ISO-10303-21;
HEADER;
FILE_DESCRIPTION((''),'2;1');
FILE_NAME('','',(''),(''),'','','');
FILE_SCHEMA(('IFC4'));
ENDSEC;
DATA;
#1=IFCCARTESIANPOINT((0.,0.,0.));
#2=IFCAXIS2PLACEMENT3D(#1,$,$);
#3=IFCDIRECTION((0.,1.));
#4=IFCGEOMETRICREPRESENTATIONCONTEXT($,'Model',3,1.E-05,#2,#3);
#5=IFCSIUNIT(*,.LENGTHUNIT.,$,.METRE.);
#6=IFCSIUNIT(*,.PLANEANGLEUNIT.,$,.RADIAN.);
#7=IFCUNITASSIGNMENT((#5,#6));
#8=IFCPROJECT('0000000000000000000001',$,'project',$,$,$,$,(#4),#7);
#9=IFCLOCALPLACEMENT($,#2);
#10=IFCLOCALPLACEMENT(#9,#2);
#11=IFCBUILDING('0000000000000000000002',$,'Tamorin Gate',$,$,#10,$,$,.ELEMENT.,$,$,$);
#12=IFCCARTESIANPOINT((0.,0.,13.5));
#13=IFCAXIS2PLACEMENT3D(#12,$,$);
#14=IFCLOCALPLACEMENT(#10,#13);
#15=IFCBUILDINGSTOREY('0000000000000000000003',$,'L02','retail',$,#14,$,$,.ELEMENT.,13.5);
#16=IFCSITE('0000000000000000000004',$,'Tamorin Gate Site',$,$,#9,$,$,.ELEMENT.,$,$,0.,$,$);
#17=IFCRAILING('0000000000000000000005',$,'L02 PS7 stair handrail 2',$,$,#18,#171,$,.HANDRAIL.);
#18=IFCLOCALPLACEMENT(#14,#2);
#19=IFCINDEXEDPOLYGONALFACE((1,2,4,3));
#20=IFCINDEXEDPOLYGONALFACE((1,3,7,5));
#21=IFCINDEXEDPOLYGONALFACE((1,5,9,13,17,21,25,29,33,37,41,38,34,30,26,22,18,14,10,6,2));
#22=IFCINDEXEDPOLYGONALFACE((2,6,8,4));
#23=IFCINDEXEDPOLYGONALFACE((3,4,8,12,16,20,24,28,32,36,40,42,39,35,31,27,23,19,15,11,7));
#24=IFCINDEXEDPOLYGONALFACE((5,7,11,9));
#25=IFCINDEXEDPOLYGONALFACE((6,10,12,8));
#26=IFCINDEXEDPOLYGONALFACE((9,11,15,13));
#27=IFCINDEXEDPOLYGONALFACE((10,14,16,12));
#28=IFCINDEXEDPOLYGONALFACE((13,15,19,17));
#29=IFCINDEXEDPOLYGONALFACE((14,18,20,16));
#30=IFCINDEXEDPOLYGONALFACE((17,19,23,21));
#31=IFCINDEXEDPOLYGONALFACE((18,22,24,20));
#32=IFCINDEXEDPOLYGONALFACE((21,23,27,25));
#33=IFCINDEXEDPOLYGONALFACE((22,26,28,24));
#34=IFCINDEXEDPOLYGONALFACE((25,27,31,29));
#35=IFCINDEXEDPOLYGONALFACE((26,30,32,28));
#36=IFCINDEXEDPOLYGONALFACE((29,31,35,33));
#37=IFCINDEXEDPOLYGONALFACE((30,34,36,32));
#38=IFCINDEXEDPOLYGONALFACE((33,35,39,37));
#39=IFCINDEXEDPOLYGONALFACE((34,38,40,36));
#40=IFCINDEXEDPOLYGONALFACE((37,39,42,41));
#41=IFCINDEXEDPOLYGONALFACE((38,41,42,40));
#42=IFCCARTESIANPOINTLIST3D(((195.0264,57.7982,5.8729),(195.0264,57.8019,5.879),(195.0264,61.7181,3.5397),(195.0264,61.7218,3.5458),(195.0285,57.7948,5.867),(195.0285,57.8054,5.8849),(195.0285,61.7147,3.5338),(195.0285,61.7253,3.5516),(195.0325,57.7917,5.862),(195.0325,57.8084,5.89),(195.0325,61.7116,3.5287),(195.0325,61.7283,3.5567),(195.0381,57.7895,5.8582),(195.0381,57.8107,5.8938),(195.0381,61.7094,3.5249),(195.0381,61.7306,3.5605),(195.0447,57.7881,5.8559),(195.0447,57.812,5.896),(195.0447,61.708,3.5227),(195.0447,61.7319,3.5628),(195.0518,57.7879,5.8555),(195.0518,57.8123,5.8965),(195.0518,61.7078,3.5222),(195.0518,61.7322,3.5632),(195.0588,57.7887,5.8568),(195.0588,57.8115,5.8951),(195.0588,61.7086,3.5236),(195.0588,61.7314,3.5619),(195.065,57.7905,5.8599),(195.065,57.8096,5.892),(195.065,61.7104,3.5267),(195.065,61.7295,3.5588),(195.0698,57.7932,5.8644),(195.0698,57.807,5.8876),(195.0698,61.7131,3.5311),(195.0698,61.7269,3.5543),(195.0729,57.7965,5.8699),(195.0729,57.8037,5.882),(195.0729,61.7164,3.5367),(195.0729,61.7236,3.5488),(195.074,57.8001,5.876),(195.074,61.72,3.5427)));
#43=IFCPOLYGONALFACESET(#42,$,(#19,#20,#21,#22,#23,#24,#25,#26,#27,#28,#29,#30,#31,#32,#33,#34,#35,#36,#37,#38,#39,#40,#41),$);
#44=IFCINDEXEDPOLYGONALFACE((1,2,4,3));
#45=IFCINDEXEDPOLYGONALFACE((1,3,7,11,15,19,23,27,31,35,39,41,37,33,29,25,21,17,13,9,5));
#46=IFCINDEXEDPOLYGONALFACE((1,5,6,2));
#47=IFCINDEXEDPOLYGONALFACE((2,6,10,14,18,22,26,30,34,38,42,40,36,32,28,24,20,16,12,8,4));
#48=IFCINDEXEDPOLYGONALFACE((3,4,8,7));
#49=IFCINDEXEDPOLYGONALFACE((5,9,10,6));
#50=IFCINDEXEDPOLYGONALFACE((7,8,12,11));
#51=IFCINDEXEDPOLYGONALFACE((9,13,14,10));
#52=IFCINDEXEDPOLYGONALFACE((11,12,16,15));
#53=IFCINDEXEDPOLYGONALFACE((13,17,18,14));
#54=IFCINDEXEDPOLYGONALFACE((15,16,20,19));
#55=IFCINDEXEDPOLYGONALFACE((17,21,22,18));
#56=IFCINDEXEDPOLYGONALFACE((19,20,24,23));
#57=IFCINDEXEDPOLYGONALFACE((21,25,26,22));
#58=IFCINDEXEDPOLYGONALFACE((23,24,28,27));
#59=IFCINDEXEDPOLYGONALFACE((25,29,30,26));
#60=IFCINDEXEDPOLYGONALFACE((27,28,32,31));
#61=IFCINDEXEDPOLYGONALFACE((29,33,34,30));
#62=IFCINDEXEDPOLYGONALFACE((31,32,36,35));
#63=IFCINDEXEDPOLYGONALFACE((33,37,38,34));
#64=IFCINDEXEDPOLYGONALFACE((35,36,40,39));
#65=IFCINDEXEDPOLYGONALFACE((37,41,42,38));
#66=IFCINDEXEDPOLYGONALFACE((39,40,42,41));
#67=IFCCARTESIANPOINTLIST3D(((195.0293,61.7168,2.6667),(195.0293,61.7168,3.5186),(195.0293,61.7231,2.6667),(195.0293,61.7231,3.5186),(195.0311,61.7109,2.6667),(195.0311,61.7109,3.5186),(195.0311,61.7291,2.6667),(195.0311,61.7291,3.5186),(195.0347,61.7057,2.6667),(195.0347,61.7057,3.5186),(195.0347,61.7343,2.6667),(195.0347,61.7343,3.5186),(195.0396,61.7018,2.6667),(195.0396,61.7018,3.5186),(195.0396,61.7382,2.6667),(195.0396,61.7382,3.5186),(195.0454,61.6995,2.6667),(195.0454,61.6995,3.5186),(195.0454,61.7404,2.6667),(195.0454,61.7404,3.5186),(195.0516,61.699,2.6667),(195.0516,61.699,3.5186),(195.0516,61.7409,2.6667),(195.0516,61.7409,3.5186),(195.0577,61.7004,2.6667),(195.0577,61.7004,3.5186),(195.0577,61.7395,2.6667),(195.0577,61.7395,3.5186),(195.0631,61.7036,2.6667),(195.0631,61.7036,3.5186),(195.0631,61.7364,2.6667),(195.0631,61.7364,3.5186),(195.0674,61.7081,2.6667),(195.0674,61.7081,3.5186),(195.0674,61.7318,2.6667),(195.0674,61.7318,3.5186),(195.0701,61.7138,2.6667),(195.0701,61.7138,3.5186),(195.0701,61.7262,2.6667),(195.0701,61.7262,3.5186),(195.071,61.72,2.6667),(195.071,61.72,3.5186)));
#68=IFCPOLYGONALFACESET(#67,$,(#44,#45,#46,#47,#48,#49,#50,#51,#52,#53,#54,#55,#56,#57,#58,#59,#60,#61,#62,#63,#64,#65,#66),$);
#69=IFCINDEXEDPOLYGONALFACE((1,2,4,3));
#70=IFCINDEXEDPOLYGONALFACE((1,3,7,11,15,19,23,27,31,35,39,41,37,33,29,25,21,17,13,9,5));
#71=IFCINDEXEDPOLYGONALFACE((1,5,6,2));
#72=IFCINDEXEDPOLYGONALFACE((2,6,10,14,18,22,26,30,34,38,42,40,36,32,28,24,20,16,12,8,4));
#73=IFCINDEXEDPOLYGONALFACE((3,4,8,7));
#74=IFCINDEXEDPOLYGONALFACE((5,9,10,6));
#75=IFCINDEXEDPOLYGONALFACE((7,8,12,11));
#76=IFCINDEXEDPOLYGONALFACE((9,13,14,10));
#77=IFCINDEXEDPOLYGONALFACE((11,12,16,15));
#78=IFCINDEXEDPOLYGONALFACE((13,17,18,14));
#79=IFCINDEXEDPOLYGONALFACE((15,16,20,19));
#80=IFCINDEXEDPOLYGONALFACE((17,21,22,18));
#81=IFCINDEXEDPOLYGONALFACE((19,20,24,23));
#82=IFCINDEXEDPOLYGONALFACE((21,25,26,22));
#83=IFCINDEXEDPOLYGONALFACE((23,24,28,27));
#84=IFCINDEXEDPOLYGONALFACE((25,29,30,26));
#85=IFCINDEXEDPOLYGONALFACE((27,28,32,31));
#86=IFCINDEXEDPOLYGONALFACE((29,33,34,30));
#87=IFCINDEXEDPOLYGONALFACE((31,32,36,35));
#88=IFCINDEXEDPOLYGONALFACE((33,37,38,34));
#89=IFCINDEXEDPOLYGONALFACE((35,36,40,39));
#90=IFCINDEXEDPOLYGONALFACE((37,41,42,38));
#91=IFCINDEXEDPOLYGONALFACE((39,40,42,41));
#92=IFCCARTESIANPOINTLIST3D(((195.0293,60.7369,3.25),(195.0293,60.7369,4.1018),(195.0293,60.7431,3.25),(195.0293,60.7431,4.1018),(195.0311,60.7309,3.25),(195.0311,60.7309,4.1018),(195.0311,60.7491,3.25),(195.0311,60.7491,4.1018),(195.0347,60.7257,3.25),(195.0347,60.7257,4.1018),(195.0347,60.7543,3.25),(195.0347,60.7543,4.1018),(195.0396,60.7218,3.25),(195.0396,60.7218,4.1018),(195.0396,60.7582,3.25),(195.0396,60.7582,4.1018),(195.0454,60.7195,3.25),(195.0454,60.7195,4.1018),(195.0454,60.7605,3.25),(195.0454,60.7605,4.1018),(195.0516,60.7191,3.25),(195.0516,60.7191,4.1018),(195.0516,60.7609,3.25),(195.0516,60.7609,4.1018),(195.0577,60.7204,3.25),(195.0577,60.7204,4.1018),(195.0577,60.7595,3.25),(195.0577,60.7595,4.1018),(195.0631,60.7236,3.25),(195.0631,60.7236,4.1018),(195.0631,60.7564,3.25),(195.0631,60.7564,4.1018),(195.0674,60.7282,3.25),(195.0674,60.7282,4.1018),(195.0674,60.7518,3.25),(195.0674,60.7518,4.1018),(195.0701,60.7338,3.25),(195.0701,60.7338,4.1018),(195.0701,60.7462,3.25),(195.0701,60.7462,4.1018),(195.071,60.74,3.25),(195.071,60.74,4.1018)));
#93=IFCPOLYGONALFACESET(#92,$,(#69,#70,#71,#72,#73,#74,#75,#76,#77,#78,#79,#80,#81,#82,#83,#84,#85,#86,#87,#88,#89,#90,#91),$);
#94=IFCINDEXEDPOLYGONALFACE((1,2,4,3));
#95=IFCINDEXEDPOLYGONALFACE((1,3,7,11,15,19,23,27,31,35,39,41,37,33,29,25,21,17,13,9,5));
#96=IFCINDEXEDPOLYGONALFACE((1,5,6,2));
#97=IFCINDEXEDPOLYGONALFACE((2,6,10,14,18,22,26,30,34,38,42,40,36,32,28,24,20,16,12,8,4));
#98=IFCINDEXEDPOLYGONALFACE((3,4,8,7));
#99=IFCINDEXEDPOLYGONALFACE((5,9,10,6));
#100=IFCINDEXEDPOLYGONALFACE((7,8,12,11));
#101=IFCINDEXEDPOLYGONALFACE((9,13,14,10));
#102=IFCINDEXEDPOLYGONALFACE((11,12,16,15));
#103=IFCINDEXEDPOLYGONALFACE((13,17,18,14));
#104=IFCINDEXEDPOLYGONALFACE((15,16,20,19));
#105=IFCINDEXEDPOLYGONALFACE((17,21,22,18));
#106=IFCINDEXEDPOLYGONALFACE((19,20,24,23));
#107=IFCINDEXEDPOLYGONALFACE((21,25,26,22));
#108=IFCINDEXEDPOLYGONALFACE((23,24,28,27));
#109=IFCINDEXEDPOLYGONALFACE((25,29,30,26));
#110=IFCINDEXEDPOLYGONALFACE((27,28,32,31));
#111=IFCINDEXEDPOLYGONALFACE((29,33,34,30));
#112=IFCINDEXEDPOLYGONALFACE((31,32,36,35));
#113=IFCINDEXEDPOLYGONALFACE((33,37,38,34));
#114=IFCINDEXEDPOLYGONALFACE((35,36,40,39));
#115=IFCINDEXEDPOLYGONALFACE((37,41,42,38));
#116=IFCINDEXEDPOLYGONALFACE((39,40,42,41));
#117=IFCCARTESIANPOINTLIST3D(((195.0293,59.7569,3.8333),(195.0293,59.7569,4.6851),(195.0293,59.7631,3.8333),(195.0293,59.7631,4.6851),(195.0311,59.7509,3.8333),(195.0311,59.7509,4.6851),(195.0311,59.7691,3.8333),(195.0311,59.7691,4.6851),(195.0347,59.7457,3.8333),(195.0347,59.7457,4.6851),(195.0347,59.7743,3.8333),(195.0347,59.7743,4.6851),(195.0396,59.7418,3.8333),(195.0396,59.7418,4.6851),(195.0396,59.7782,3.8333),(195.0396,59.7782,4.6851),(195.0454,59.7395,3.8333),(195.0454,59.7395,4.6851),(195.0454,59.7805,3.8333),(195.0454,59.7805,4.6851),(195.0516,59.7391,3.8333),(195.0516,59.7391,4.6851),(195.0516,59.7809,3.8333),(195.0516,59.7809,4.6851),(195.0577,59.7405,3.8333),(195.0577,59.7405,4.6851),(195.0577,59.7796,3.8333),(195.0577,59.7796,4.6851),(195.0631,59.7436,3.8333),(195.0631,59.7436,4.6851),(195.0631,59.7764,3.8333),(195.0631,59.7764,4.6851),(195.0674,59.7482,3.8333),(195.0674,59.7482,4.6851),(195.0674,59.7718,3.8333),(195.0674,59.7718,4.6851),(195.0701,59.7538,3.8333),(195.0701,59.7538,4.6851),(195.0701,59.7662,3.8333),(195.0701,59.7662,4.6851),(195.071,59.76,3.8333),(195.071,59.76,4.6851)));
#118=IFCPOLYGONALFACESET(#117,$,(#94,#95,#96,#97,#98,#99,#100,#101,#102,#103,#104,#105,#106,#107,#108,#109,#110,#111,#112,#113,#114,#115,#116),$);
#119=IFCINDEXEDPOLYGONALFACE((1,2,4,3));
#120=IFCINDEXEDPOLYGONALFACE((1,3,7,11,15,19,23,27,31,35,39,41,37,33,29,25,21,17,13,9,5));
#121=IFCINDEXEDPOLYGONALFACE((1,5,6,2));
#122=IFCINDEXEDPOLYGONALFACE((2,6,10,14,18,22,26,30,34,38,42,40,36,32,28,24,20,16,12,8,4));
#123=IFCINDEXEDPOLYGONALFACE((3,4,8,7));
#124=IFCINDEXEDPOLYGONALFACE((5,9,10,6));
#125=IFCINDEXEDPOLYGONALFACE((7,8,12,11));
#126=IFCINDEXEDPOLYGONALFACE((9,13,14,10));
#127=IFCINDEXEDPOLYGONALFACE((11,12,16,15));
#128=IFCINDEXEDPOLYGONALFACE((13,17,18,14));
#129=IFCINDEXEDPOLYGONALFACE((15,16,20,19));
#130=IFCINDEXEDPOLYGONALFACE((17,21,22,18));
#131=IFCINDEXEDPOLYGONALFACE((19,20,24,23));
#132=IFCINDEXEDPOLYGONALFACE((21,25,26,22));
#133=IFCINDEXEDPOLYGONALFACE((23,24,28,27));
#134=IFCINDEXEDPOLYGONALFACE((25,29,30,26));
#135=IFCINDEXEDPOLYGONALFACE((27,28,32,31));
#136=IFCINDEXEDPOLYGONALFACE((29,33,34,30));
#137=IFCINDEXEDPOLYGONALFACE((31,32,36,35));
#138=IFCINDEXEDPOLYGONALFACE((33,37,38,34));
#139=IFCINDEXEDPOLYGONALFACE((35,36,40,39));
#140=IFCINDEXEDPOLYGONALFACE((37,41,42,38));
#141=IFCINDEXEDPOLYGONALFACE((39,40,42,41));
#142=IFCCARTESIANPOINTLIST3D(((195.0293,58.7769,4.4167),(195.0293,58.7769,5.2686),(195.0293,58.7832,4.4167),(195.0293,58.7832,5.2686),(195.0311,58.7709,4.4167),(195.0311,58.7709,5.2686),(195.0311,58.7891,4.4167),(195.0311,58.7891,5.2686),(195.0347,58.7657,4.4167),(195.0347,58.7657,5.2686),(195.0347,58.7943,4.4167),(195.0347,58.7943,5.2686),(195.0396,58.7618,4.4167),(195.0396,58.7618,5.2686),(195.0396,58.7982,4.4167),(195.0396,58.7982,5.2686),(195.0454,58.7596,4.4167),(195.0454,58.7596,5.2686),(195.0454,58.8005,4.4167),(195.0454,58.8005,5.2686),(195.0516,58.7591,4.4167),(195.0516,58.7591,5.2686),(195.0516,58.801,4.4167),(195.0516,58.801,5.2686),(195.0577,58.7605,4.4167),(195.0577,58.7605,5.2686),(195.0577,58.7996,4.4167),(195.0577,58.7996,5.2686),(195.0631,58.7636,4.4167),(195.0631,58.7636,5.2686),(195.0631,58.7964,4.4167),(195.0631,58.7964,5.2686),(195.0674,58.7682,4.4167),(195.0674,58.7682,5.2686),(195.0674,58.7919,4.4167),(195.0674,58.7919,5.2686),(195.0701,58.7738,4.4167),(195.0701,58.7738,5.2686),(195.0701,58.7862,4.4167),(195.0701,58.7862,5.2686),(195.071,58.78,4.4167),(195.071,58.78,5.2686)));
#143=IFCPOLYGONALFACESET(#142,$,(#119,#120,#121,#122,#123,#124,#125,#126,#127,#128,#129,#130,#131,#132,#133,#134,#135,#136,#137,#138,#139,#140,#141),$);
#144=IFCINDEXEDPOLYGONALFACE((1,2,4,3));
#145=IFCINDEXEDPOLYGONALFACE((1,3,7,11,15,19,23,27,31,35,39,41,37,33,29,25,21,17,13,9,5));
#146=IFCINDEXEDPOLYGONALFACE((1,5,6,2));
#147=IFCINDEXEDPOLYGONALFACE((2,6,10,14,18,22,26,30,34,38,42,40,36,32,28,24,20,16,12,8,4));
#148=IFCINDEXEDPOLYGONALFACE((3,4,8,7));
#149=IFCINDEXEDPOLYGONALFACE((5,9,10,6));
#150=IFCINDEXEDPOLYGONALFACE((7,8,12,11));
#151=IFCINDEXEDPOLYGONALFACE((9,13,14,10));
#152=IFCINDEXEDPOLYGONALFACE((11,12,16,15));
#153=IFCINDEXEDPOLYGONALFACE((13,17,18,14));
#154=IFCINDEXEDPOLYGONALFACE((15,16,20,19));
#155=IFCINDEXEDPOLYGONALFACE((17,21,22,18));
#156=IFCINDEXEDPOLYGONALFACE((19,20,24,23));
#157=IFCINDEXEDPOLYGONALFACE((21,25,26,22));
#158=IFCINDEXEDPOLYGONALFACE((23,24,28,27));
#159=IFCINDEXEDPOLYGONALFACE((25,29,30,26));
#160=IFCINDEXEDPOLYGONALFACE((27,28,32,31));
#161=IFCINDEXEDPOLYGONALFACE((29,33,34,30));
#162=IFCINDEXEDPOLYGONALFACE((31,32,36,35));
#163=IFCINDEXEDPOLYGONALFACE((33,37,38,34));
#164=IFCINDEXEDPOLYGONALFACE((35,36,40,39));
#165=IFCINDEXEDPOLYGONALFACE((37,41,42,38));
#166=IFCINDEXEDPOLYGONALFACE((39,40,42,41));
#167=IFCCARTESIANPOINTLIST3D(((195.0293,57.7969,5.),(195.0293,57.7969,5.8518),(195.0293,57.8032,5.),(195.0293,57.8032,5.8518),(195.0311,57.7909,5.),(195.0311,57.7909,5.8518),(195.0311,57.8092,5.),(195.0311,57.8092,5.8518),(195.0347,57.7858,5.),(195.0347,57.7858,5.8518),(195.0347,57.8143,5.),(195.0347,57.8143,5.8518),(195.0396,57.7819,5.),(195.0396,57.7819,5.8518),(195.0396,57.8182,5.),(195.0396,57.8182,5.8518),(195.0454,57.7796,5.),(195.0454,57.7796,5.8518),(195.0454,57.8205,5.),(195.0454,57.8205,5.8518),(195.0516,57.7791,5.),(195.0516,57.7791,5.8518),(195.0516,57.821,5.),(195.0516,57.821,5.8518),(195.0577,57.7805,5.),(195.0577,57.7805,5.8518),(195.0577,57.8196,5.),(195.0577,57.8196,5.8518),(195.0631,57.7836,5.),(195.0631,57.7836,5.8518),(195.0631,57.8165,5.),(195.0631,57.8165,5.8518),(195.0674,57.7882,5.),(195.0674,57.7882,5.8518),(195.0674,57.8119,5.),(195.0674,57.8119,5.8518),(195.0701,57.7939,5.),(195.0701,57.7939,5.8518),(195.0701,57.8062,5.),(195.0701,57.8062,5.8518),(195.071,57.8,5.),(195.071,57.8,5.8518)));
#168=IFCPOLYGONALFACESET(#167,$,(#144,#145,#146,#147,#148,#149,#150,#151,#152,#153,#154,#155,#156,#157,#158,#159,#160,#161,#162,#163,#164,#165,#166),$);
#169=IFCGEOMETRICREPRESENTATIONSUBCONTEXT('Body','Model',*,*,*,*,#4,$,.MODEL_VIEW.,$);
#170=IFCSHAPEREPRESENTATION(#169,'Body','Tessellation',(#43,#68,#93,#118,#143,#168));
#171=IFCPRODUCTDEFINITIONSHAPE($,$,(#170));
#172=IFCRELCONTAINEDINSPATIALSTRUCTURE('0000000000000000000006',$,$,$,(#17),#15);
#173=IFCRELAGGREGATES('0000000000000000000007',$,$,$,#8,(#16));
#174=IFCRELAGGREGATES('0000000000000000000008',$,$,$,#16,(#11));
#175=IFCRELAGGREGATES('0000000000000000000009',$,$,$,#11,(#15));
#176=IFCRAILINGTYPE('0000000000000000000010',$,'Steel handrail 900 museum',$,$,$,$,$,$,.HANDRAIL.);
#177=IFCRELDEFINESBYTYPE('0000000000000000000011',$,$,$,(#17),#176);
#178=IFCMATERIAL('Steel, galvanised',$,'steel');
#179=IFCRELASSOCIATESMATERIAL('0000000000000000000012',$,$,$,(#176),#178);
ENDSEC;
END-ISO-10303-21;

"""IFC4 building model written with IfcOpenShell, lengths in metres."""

from ifc_helpers import new_model, si_unit, direction, frame, origin, origin_2d, place, context, subcontext, project, spatial, circle, extrude, material, type_object, element, save


model = new_model("IFC4")

# Units and contexts
model_context = context("Model", 3, precision=1e-05, world=origin(), true_north=direction((0.0, 1.0)))
body_context = subcontext(model_context, "Body", "Model", "MODEL_VIEW")
ifc_project = project(units=[si_unit("LENGTHUNIT", "METRE"), si_unit("PLANEANGLEUNIT", "RADIAN")], contexts=[model_context])

# Site, building, storey
site_placement = place(None, origin())
site = spatial("IfcSite", under=ifc_project, at=site_placement, Name="Tamorin Gate Site", CompositionType="ELEMENT", RefElevation=0.0)
building_placement = place(site_placement, origin())
building = spatial("IfcBuilding", under=site, at=building_placement, Name="Tamorin Gate", CompositionType="ELEMENT")
storey_placement = place(building_placement, frame((0.0, 0.0, 13.5)))
storey = spatial("IfcBuildingStorey", under=building, at=storey_placement, Name="L02", Description="retail", CompositionType="ELEMENT", Elevation=13.5)

# Railing
ifc_material_1 = material(Name="Steel, galvanised", Category="steel")
railing_type_1 = type_object("IfcRailingType", Name="Steel handrail 900 museum", PredefinedType="HANDRAIL", material=ifc_material_1)
railing_1_placement = place(storey_placement, frame((195.05, 61.72, 2.6667)))
element("IfcRailing", 1, at=railing_1_placement, inside=storey, type_object=railing_type_1, Name="L02 PS7 stair handrail 2", PredefinedType="HANDRAIL", context=body_context, shape_type="SweptSolid", body=[
    extrude(circle(Radius=0.0239, at=origin_2d()), frame((0.0, 0.0, 0.876), z_axis=(0.0, -0.859296, 0.511478), x_axis=(1.0, 0.0, 0.0)), (0.0, 0.0, 1.0), 4.5618),
    extrude(circle(Radius=0.021, at=origin_2d()), origin(), (0.0, 0.0, 1.0), 0.8518),
    extrude(circle(Radius=0.021, at=origin_2d()), frame((0.0, -0.98, 0.5833)), (0.0, 0.0, 1.0), 0.8518),
    extrude(circle(Radius=0.021, at=origin_2d()), frame((0.0, -1.96, 1.1665)), (0.0, 0.0, 1.0), 0.8518),
    extrude(circle(Radius=0.021, at=origin_2d()), frame((0.0, -2.9399, 1.75)), (0.0, 0.0, 1.0), 0.8518),
    extrude(circle(Radius=0.021, at=origin_2d()), frame((0.0, -3.9199, 2.3333)), (0.0, 0.0, 1.0), 0.8518),
])

save(model, "model.ifc")
